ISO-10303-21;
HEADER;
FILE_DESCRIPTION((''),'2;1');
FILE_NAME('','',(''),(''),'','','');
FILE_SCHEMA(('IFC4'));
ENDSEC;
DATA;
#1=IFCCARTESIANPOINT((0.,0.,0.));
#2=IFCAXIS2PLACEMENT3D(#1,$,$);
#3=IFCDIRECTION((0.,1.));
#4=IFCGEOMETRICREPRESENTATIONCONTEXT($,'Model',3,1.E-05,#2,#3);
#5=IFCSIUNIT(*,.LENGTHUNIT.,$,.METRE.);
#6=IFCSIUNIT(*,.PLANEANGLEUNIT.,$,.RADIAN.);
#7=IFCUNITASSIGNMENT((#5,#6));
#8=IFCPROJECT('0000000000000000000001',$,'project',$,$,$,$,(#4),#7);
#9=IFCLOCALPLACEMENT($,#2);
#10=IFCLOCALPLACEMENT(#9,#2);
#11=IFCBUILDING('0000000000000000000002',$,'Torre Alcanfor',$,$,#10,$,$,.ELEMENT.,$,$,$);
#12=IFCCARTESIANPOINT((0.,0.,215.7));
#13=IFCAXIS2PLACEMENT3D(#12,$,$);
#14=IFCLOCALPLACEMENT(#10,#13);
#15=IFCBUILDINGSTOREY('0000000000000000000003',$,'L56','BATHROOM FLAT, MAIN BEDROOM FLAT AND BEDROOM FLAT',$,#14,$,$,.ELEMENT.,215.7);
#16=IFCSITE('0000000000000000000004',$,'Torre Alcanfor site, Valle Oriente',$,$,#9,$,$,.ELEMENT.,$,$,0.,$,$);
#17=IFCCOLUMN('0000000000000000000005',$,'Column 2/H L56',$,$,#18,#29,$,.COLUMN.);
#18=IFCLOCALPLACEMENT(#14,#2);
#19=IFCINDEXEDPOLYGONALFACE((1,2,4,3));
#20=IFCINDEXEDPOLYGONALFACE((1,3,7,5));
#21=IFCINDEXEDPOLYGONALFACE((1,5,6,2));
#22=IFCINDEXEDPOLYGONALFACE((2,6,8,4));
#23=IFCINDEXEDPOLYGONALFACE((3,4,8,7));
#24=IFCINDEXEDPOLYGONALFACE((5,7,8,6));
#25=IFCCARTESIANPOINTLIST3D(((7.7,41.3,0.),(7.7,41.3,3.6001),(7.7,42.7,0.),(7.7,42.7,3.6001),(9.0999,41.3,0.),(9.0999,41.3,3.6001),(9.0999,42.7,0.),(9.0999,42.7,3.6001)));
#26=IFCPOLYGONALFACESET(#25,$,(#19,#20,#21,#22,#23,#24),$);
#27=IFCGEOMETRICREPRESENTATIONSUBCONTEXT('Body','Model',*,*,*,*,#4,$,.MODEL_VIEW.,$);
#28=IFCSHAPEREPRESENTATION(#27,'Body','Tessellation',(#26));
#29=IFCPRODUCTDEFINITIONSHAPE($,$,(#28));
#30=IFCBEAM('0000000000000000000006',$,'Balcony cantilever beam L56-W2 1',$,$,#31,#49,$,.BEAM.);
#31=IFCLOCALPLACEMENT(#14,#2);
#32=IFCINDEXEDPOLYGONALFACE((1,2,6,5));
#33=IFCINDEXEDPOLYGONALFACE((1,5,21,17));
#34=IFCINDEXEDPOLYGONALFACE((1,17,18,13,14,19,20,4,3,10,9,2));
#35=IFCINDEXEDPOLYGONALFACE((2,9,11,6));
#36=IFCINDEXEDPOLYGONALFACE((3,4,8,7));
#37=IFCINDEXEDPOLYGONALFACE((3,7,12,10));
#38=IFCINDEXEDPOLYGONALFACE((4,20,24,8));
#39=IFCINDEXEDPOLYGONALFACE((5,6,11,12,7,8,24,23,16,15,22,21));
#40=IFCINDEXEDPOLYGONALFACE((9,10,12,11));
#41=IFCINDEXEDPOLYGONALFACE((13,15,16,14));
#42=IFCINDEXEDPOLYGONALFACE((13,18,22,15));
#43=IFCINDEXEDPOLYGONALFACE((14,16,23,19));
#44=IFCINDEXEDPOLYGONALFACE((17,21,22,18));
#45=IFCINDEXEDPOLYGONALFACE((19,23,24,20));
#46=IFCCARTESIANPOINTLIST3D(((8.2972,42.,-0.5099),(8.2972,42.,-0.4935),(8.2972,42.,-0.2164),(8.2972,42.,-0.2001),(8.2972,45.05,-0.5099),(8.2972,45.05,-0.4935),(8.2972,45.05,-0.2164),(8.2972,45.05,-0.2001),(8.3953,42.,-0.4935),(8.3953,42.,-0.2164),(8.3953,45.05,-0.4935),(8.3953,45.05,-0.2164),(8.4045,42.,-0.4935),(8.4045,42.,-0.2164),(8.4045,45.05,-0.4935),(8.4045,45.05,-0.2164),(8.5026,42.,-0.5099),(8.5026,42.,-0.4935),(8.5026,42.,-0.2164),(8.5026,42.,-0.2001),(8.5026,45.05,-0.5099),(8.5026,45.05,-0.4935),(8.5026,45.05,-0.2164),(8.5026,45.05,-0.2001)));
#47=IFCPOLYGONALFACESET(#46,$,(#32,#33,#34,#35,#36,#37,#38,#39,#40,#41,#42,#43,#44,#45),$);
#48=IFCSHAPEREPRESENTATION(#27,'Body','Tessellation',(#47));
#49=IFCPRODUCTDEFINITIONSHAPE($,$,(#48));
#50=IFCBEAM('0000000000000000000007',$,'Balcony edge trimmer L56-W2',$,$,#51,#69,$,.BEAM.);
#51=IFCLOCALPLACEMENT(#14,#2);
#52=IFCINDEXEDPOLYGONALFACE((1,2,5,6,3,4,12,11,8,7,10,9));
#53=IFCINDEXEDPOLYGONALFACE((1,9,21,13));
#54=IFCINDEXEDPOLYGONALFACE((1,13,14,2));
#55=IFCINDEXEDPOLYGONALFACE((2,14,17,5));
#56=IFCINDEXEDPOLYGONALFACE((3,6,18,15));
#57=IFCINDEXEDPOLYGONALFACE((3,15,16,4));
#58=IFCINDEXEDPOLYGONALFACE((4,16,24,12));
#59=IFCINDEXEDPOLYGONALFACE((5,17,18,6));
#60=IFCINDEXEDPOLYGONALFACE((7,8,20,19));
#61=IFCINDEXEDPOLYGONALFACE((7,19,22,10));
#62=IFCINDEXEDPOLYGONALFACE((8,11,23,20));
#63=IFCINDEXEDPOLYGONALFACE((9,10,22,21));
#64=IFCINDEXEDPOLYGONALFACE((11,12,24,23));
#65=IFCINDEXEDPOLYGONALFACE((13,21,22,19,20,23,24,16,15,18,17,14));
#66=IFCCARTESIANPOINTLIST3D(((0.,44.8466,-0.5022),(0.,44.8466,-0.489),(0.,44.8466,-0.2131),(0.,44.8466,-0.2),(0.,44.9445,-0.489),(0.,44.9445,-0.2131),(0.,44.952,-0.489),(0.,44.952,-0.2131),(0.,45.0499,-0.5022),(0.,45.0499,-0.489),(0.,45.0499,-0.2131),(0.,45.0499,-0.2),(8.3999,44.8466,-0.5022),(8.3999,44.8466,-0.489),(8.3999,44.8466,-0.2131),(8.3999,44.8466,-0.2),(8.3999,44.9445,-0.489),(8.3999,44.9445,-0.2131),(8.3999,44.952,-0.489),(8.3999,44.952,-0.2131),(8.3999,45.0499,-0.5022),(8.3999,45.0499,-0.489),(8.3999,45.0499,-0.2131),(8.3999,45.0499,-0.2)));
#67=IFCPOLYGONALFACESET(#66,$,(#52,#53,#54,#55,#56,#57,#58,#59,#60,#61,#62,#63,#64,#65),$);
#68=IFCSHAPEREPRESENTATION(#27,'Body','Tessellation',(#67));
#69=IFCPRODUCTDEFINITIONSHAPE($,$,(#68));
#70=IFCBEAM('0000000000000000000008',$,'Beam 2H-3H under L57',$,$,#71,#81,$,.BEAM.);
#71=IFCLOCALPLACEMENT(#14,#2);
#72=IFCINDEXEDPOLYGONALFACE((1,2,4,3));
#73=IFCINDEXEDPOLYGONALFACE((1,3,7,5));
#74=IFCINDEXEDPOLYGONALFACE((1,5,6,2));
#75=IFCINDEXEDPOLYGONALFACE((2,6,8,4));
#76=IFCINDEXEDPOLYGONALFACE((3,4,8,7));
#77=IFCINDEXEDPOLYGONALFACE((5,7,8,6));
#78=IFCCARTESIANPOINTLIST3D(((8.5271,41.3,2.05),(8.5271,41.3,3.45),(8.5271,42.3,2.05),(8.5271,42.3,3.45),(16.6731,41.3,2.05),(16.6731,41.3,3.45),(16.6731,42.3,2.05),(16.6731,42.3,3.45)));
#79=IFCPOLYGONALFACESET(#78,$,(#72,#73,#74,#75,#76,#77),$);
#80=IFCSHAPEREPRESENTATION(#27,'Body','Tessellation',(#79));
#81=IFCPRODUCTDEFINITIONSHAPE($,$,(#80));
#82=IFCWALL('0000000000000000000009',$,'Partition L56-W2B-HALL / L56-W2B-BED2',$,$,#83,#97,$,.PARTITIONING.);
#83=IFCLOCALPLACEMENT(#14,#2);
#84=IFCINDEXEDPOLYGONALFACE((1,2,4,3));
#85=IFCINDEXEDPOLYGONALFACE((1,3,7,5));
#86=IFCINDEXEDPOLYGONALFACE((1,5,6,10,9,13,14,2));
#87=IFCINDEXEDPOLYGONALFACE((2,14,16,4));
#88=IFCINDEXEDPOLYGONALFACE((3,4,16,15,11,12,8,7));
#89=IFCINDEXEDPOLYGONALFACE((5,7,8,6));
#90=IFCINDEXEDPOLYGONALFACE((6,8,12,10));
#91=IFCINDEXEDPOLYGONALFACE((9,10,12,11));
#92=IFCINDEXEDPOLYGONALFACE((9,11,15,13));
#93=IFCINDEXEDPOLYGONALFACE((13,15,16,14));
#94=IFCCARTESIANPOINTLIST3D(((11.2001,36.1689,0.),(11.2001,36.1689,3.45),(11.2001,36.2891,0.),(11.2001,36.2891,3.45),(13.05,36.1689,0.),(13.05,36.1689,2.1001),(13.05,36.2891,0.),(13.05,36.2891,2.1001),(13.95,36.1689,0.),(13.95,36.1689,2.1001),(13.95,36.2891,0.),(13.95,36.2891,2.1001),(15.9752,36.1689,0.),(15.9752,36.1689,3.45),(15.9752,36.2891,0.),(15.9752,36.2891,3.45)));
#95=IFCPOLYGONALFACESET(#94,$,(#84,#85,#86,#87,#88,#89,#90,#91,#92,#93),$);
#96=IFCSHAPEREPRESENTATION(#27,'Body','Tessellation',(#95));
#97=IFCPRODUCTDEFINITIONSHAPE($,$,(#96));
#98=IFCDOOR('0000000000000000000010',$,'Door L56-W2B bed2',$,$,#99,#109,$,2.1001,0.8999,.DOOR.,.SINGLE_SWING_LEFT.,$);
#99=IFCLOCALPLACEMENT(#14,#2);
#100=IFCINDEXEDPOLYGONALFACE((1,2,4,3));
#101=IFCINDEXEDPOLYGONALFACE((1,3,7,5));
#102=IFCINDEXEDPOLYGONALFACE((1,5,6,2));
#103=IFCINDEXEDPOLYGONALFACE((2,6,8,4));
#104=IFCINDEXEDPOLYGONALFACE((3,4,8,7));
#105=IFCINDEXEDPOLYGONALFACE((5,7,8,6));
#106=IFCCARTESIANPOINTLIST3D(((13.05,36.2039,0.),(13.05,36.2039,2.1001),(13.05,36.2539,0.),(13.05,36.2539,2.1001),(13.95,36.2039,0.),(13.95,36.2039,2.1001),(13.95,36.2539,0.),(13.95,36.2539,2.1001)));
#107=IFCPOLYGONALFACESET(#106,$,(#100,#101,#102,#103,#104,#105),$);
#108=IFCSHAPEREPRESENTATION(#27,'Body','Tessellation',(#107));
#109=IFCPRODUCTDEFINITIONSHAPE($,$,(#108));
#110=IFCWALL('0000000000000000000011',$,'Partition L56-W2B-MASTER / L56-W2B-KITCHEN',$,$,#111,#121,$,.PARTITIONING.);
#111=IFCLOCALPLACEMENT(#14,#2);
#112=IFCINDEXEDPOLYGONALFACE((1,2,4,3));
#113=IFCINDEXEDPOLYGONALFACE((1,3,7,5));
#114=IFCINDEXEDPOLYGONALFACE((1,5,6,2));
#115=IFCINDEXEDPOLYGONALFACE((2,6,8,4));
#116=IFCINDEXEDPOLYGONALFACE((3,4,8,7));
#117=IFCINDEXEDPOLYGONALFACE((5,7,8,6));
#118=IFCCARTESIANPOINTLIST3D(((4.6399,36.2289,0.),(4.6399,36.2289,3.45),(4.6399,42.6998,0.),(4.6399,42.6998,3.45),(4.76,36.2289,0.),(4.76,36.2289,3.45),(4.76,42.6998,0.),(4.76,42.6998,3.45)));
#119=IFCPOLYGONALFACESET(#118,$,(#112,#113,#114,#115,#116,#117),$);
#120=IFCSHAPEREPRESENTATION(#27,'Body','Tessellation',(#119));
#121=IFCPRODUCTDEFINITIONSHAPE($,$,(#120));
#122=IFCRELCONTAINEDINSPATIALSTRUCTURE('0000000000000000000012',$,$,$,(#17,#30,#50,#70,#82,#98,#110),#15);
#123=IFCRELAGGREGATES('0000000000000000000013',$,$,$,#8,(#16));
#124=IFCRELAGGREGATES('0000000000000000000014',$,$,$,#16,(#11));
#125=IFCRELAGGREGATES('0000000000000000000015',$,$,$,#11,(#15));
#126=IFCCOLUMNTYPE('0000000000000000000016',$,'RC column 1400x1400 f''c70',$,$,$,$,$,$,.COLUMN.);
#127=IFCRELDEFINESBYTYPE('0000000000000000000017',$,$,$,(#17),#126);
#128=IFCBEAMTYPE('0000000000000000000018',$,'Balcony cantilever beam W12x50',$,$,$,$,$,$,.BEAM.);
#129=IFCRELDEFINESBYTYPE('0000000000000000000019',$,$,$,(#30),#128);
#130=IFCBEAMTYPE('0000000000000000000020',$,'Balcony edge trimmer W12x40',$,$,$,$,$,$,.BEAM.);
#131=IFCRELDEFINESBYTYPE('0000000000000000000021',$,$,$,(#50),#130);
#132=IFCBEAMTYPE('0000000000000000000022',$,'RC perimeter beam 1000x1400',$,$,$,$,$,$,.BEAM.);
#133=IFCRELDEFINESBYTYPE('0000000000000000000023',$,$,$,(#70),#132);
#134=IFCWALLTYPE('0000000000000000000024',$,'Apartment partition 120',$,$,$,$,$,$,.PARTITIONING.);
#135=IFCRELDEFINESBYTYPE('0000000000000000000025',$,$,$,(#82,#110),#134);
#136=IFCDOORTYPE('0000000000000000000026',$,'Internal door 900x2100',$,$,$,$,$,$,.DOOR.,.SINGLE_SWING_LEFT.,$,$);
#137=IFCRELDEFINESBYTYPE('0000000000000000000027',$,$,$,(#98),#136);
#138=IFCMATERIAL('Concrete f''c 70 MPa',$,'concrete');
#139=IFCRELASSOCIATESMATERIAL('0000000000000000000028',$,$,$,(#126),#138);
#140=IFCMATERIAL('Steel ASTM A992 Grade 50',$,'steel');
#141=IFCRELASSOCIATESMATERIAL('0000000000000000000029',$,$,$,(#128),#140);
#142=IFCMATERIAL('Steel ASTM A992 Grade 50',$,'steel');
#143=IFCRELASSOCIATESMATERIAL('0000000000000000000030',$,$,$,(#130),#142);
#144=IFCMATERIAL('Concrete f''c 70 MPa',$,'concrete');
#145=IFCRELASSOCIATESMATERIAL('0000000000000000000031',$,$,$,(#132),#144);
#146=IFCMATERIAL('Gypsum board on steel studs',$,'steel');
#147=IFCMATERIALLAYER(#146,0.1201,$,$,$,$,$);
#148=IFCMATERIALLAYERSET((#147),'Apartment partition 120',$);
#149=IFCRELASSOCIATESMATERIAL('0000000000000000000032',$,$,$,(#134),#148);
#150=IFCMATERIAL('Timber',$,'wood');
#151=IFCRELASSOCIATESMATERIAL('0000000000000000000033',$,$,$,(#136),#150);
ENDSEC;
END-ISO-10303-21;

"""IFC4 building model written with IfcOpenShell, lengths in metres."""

from ifc_helpers import new_model, si_unit, direction, frame, frame_2d, origin, origin_2d, place, context, subcontext, project, spatial, rectangle, i_section, extrude, material, layer, layer_set, material_profile, profile_set, type_object, element, fill, save


model = new_model("IFC4")

# Units and contexts
model_context = context("Model", 3, precision=1e-05, world=origin(), true_north=direction((0.0, 1.0)))
body_context = subcontext(model_context, "Body", "Model", "MODEL_VIEW")
ifc_project = project(units=[si_unit("LENGTHUNIT", "METRE"), si_unit("PLANEANGLEUNIT", "RADIAN")], contexts=[model_context])

# Site, building, storey
site_placement = place(None, origin())
site = spatial("IfcSite", under=ifc_project, at=site_placement, Name="Torre Alcanfor site, Valle Oriente", CompositionType="ELEMENT", RefElevation=0.0)
building_placement = place(site_placement, origin())
building = spatial("IfcBuilding", under=site, at=building_placement, Name="Torre Alcanfor", CompositionType="ELEMENT")
storey_placement = place(building_placement, frame((0.0, 0.0, 215.7)))
storey = spatial("IfcBuildingStorey", under=building, at=storey_placement, Name="L56", Description="BATHROOM FLAT, MAIN BEDROOM FLAT AND BEDROOM FLAT", CompositionType="ELEMENT", Elevation=215.7)

# Column
ifc_material_1 = material(Name="Concrete f'c 70 MPa", Category="concrete")
ifc_material_profile_1 = material_profile(ifc_material_1, rectangle(XDim=1.3999, YDim=1.3999, at=origin_2d()), Name="1400x1400")
ifc_profile_set_1 = profile_set([ifc_material_profile_1], Name="Concrete f'c 70 MPa")
column_type = type_object("IfcColumnType", Name="RC column 1400x1400 f'c70", PredefinedType="COLUMN", material=ifc_profile_set_1)
column_placement = place(storey_placement, frame((8.3999, 42.0, 0.0), z_axis=(0.0, 0.0, 1.0), x_axis=(1.0, 0.0, 0.0)))
element("IfcColumn", 1, at=column_placement, inside=storey, type_object=column_type, Name="Column 2/H L56", PredefinedType="COLUMN", context=body_context, shape_type="SweptSolid", body=[
    extrude(rectangle(XDim=1.3999, YDim=1.3999, at=origin_2d()), origin(), (0.0, 0.0, 1.0), 3.6001),
])

# Beams
ifc_material_2 = material(Name="Steel ASTM A992 Grade 50", Category="steel")
ifc_material_profile_2 = material_profile(ifc_material_2, i_section(OverallWidth=0.2053, OverallDepth=0.3098, WebThickness=0.0093, FlangeThickness=0.0164, at=origin_2d()), Name="W12x50")
ifc_profile_set_2 = profile_set([ifc_material_profile_2], Name="Steel ASTM A992 Grade 50")
beam_type_1 = type_object("IfcBeamType", Name="Balcony cantilever beam W12x50", PredefinedType="BEAM", material=ifc_profile_set_2)
beam_1_placement = place(storey_placement, frame((8.3999, 42.0, -0.355), z_axis=(0.0, 1.0, 0.0), x_axis=(-1.0, 0.0, 0.0)))
element("IfcBeam", 2, at=beam_1_placement, inside=storey, type_object=beam_type_1, Name="Balcony cantilever beam L56-W2 1", PredefinedType="BEAM", context=body_context, shape_type="SweptSolid", body=[
    extrude(i_section(OverallWidth=0.2053, OverallDepth=0.3098, WebThickness=0.0093, FlangeThickness=0.0164, at=origin_2d()), origin(), (0.0, 0.0, 1.0), 3.05),
])
ifc_material_3 = material(Name="Steel ASTM A992 Grade 50", Category="steel")
ifc_material_profile_3 = material_profile(ifc_material_3, i_section(OverallWidth=0.2034, OverallDepth=0.3022, WebThickness=0.0076, FlangeThickness=0.0132, at=origin_2d()), Name="W12x40")
ifc_profile_set_3 = profile_set([ifc_material_profile_3], Name="Steel ASTM A992 Grade 50")
beam_type_2 = type_object("IfcBeamType", Name="Balcony edge trimmer W12x40", PredefinedType="BEAM", material=ifc_profile_set_3)
beam_2_placement = place(storey_placement, frame((8.3999, 44.9482, -0.3511), z_axis=(-1.0, 0.0, 0.0), x_axis=(0.0, -1.0, 0.0)))
element("IfcBeam", 3, at=beam_2_placement, inside=storey, type_object=beam_type_2, Name="Balcony edge trimmer L56-W2", PredefinedType="BEAM", context=body_context, shape_type="SweptSolid", body=[
    extrude(i_section(OverallWidth=0.2034, OverallDepth=0.3022, WebThickness=0.0076, FlangeThickness=0.0132, at=origin_2d()), origin(), (0.0, 0.0, 1.0), 8.3999),
])
ifc_material_4 = material(Name="Concrete f'c 70 MPa", Category="concrete")
ifc_material_profile_4 = material_profile(ifc_material_4, rectangle(XDim=1.0, YDim=1.3999, at=origin_2d()), Name="1000x1400")
ifc_profile_set_4 = profile_set([ifc_material_profile_4], Name="Concrete f'c 70 MPa")
beam_type_3 = type_object("IfcBeamType", Name="RC perimeter beam 1000x1400", PredefinedType="BEAM", material=ifc_profile_set_4)
beam_3_placement = place(storey_placement, frame((8.5271, 41.8, 2.75), z_axis=(1.0, 0.0, 0.0), x_axis=(0.0, 1.0, 0.0)))
element("IfcBeam", 4, at=beam_3_placement, inside=storey, type_object=beam_type_3, Name="Beam 2H-3H under L57", PredefinedType="BEAM", context=body_context, shape_type="SweptSolid", body=[
    extrude(rectangle(XDim=1.0, YDim=1.3999, at=origin_2d()), origin(), (0.0, 0.0, 1.0), 8.146),
])

# Wall, opening, door
ifc_material_5 = material(Name="Gypsum board on steel studs", Category="steel")
ifc_layer_1 = layer(ifc_material_5, 0.1201)
ifc_layer_set_1 = layer_set([ifc_layer_1], Name="Apartment partition 120")
wall_type_1 = type_object("IfcWallType", Name="Apartment partition 120", PredefinedType="PARTITIONING", material=ifc_layer_set_1)
wall_1_placement = place(storey_placement, frame((11.2, 36.229, 0.0), z_axis=(0.0, 0.0, 1.0), x_axis=(1.0, 0.0, 0.0)))
wall_1 = element("IfcWall", 5, at=wall_1_placement, inside=storey, type_object=wall_type_1, Name="Partition L56-W2B-HALL / L56-W2B-BED2", PredefinedType="PARTITIONING", context=body_context, shape_type="SweptSolid", body=[
    extrude(rectangle(XDim=4.7751, YDim=0.1201, at=frame_2d((2.3877, 0.0))), origin(), (0.0, 0.0, 1.0), 3.45),
])
opening_1_placement = place(wall_1_placement, frame((1.8501, 0.0, 0.0)))
opening_1 = element("IfcOpeningElement", 6, at=opening_1_placement, cuts=wall_1, PredefinedType="OPENING", context=body_context, shape_type="SweptSolid", body=[
    extrude(rectangle(XDim=0.8999, YDim=2.1001, at=frame_2d((0.45, 1.05))), frame((0.0, 0.0701, 0.0), z_axis=(0.0, -1.0, 0.0), x_axis=(1.0, 0.0, 0.0)), (0.0, 0.0, 1.0), 0.1401),
])
ifc_material_6 = material(Name="Timber", Category="wood")
door_type_1 = type_object("IfcDoorType", Name="Internal door 900x2100", OperationType="SINGLE_SWING_LEFT", PredefinedType="DOOR", material=ifc_material_6)
door_1_placement = place(opening_1_placement, origin())
door_1 = element("IfcDoor", 7, at=door_1_placement, inside=storey, type_object=door_type_1, Name="Door L56-W2B bed2", OperationType="SINGLE_SWING_LEFT", OverallHeight=2.1001, OverallWidth=0.8999, PredefinedType="DOOR", context=body_context, shape_type="SweptSolid", body=[
    extrude(rectangle(XDim=0.8999, YDim=2.1001, at=frame_2d((0.45, 1.05))), frame((0.0, 0.0249, 0.0), z_axis=(0.0, -1.0, 0.0), x_axis=(1.0, 0.0, 0.0)), (0.0, 0.0, 1.0), 0.05),
])
fill(opening_1, door_1)

# Wall
wall_2_placement = place(storey_placement, frame((4.7, 36.229, 0.0), z_axis=(0.0, 0.0, 1.0), x_axis=(0.0, 1.0, 0.0)))
element("IfcWall", 8, at=wall_2_placement, inside=storey, type_object=wall_type_1, Name="Partition L56-W2B-MASTER / L56-W2B-KITCHEN", PredefinedType="PARTITIONING", context=body_context, shape_type="SweptSolid", body=[
    extrude(rectangle(XDim=6.4709, YDim=0.1201, at=frame_2d((3.2354, 0.0))), origin(), (0.0, 0.0, 1.0), 3.45),
])

save(model, "model.ifc")
